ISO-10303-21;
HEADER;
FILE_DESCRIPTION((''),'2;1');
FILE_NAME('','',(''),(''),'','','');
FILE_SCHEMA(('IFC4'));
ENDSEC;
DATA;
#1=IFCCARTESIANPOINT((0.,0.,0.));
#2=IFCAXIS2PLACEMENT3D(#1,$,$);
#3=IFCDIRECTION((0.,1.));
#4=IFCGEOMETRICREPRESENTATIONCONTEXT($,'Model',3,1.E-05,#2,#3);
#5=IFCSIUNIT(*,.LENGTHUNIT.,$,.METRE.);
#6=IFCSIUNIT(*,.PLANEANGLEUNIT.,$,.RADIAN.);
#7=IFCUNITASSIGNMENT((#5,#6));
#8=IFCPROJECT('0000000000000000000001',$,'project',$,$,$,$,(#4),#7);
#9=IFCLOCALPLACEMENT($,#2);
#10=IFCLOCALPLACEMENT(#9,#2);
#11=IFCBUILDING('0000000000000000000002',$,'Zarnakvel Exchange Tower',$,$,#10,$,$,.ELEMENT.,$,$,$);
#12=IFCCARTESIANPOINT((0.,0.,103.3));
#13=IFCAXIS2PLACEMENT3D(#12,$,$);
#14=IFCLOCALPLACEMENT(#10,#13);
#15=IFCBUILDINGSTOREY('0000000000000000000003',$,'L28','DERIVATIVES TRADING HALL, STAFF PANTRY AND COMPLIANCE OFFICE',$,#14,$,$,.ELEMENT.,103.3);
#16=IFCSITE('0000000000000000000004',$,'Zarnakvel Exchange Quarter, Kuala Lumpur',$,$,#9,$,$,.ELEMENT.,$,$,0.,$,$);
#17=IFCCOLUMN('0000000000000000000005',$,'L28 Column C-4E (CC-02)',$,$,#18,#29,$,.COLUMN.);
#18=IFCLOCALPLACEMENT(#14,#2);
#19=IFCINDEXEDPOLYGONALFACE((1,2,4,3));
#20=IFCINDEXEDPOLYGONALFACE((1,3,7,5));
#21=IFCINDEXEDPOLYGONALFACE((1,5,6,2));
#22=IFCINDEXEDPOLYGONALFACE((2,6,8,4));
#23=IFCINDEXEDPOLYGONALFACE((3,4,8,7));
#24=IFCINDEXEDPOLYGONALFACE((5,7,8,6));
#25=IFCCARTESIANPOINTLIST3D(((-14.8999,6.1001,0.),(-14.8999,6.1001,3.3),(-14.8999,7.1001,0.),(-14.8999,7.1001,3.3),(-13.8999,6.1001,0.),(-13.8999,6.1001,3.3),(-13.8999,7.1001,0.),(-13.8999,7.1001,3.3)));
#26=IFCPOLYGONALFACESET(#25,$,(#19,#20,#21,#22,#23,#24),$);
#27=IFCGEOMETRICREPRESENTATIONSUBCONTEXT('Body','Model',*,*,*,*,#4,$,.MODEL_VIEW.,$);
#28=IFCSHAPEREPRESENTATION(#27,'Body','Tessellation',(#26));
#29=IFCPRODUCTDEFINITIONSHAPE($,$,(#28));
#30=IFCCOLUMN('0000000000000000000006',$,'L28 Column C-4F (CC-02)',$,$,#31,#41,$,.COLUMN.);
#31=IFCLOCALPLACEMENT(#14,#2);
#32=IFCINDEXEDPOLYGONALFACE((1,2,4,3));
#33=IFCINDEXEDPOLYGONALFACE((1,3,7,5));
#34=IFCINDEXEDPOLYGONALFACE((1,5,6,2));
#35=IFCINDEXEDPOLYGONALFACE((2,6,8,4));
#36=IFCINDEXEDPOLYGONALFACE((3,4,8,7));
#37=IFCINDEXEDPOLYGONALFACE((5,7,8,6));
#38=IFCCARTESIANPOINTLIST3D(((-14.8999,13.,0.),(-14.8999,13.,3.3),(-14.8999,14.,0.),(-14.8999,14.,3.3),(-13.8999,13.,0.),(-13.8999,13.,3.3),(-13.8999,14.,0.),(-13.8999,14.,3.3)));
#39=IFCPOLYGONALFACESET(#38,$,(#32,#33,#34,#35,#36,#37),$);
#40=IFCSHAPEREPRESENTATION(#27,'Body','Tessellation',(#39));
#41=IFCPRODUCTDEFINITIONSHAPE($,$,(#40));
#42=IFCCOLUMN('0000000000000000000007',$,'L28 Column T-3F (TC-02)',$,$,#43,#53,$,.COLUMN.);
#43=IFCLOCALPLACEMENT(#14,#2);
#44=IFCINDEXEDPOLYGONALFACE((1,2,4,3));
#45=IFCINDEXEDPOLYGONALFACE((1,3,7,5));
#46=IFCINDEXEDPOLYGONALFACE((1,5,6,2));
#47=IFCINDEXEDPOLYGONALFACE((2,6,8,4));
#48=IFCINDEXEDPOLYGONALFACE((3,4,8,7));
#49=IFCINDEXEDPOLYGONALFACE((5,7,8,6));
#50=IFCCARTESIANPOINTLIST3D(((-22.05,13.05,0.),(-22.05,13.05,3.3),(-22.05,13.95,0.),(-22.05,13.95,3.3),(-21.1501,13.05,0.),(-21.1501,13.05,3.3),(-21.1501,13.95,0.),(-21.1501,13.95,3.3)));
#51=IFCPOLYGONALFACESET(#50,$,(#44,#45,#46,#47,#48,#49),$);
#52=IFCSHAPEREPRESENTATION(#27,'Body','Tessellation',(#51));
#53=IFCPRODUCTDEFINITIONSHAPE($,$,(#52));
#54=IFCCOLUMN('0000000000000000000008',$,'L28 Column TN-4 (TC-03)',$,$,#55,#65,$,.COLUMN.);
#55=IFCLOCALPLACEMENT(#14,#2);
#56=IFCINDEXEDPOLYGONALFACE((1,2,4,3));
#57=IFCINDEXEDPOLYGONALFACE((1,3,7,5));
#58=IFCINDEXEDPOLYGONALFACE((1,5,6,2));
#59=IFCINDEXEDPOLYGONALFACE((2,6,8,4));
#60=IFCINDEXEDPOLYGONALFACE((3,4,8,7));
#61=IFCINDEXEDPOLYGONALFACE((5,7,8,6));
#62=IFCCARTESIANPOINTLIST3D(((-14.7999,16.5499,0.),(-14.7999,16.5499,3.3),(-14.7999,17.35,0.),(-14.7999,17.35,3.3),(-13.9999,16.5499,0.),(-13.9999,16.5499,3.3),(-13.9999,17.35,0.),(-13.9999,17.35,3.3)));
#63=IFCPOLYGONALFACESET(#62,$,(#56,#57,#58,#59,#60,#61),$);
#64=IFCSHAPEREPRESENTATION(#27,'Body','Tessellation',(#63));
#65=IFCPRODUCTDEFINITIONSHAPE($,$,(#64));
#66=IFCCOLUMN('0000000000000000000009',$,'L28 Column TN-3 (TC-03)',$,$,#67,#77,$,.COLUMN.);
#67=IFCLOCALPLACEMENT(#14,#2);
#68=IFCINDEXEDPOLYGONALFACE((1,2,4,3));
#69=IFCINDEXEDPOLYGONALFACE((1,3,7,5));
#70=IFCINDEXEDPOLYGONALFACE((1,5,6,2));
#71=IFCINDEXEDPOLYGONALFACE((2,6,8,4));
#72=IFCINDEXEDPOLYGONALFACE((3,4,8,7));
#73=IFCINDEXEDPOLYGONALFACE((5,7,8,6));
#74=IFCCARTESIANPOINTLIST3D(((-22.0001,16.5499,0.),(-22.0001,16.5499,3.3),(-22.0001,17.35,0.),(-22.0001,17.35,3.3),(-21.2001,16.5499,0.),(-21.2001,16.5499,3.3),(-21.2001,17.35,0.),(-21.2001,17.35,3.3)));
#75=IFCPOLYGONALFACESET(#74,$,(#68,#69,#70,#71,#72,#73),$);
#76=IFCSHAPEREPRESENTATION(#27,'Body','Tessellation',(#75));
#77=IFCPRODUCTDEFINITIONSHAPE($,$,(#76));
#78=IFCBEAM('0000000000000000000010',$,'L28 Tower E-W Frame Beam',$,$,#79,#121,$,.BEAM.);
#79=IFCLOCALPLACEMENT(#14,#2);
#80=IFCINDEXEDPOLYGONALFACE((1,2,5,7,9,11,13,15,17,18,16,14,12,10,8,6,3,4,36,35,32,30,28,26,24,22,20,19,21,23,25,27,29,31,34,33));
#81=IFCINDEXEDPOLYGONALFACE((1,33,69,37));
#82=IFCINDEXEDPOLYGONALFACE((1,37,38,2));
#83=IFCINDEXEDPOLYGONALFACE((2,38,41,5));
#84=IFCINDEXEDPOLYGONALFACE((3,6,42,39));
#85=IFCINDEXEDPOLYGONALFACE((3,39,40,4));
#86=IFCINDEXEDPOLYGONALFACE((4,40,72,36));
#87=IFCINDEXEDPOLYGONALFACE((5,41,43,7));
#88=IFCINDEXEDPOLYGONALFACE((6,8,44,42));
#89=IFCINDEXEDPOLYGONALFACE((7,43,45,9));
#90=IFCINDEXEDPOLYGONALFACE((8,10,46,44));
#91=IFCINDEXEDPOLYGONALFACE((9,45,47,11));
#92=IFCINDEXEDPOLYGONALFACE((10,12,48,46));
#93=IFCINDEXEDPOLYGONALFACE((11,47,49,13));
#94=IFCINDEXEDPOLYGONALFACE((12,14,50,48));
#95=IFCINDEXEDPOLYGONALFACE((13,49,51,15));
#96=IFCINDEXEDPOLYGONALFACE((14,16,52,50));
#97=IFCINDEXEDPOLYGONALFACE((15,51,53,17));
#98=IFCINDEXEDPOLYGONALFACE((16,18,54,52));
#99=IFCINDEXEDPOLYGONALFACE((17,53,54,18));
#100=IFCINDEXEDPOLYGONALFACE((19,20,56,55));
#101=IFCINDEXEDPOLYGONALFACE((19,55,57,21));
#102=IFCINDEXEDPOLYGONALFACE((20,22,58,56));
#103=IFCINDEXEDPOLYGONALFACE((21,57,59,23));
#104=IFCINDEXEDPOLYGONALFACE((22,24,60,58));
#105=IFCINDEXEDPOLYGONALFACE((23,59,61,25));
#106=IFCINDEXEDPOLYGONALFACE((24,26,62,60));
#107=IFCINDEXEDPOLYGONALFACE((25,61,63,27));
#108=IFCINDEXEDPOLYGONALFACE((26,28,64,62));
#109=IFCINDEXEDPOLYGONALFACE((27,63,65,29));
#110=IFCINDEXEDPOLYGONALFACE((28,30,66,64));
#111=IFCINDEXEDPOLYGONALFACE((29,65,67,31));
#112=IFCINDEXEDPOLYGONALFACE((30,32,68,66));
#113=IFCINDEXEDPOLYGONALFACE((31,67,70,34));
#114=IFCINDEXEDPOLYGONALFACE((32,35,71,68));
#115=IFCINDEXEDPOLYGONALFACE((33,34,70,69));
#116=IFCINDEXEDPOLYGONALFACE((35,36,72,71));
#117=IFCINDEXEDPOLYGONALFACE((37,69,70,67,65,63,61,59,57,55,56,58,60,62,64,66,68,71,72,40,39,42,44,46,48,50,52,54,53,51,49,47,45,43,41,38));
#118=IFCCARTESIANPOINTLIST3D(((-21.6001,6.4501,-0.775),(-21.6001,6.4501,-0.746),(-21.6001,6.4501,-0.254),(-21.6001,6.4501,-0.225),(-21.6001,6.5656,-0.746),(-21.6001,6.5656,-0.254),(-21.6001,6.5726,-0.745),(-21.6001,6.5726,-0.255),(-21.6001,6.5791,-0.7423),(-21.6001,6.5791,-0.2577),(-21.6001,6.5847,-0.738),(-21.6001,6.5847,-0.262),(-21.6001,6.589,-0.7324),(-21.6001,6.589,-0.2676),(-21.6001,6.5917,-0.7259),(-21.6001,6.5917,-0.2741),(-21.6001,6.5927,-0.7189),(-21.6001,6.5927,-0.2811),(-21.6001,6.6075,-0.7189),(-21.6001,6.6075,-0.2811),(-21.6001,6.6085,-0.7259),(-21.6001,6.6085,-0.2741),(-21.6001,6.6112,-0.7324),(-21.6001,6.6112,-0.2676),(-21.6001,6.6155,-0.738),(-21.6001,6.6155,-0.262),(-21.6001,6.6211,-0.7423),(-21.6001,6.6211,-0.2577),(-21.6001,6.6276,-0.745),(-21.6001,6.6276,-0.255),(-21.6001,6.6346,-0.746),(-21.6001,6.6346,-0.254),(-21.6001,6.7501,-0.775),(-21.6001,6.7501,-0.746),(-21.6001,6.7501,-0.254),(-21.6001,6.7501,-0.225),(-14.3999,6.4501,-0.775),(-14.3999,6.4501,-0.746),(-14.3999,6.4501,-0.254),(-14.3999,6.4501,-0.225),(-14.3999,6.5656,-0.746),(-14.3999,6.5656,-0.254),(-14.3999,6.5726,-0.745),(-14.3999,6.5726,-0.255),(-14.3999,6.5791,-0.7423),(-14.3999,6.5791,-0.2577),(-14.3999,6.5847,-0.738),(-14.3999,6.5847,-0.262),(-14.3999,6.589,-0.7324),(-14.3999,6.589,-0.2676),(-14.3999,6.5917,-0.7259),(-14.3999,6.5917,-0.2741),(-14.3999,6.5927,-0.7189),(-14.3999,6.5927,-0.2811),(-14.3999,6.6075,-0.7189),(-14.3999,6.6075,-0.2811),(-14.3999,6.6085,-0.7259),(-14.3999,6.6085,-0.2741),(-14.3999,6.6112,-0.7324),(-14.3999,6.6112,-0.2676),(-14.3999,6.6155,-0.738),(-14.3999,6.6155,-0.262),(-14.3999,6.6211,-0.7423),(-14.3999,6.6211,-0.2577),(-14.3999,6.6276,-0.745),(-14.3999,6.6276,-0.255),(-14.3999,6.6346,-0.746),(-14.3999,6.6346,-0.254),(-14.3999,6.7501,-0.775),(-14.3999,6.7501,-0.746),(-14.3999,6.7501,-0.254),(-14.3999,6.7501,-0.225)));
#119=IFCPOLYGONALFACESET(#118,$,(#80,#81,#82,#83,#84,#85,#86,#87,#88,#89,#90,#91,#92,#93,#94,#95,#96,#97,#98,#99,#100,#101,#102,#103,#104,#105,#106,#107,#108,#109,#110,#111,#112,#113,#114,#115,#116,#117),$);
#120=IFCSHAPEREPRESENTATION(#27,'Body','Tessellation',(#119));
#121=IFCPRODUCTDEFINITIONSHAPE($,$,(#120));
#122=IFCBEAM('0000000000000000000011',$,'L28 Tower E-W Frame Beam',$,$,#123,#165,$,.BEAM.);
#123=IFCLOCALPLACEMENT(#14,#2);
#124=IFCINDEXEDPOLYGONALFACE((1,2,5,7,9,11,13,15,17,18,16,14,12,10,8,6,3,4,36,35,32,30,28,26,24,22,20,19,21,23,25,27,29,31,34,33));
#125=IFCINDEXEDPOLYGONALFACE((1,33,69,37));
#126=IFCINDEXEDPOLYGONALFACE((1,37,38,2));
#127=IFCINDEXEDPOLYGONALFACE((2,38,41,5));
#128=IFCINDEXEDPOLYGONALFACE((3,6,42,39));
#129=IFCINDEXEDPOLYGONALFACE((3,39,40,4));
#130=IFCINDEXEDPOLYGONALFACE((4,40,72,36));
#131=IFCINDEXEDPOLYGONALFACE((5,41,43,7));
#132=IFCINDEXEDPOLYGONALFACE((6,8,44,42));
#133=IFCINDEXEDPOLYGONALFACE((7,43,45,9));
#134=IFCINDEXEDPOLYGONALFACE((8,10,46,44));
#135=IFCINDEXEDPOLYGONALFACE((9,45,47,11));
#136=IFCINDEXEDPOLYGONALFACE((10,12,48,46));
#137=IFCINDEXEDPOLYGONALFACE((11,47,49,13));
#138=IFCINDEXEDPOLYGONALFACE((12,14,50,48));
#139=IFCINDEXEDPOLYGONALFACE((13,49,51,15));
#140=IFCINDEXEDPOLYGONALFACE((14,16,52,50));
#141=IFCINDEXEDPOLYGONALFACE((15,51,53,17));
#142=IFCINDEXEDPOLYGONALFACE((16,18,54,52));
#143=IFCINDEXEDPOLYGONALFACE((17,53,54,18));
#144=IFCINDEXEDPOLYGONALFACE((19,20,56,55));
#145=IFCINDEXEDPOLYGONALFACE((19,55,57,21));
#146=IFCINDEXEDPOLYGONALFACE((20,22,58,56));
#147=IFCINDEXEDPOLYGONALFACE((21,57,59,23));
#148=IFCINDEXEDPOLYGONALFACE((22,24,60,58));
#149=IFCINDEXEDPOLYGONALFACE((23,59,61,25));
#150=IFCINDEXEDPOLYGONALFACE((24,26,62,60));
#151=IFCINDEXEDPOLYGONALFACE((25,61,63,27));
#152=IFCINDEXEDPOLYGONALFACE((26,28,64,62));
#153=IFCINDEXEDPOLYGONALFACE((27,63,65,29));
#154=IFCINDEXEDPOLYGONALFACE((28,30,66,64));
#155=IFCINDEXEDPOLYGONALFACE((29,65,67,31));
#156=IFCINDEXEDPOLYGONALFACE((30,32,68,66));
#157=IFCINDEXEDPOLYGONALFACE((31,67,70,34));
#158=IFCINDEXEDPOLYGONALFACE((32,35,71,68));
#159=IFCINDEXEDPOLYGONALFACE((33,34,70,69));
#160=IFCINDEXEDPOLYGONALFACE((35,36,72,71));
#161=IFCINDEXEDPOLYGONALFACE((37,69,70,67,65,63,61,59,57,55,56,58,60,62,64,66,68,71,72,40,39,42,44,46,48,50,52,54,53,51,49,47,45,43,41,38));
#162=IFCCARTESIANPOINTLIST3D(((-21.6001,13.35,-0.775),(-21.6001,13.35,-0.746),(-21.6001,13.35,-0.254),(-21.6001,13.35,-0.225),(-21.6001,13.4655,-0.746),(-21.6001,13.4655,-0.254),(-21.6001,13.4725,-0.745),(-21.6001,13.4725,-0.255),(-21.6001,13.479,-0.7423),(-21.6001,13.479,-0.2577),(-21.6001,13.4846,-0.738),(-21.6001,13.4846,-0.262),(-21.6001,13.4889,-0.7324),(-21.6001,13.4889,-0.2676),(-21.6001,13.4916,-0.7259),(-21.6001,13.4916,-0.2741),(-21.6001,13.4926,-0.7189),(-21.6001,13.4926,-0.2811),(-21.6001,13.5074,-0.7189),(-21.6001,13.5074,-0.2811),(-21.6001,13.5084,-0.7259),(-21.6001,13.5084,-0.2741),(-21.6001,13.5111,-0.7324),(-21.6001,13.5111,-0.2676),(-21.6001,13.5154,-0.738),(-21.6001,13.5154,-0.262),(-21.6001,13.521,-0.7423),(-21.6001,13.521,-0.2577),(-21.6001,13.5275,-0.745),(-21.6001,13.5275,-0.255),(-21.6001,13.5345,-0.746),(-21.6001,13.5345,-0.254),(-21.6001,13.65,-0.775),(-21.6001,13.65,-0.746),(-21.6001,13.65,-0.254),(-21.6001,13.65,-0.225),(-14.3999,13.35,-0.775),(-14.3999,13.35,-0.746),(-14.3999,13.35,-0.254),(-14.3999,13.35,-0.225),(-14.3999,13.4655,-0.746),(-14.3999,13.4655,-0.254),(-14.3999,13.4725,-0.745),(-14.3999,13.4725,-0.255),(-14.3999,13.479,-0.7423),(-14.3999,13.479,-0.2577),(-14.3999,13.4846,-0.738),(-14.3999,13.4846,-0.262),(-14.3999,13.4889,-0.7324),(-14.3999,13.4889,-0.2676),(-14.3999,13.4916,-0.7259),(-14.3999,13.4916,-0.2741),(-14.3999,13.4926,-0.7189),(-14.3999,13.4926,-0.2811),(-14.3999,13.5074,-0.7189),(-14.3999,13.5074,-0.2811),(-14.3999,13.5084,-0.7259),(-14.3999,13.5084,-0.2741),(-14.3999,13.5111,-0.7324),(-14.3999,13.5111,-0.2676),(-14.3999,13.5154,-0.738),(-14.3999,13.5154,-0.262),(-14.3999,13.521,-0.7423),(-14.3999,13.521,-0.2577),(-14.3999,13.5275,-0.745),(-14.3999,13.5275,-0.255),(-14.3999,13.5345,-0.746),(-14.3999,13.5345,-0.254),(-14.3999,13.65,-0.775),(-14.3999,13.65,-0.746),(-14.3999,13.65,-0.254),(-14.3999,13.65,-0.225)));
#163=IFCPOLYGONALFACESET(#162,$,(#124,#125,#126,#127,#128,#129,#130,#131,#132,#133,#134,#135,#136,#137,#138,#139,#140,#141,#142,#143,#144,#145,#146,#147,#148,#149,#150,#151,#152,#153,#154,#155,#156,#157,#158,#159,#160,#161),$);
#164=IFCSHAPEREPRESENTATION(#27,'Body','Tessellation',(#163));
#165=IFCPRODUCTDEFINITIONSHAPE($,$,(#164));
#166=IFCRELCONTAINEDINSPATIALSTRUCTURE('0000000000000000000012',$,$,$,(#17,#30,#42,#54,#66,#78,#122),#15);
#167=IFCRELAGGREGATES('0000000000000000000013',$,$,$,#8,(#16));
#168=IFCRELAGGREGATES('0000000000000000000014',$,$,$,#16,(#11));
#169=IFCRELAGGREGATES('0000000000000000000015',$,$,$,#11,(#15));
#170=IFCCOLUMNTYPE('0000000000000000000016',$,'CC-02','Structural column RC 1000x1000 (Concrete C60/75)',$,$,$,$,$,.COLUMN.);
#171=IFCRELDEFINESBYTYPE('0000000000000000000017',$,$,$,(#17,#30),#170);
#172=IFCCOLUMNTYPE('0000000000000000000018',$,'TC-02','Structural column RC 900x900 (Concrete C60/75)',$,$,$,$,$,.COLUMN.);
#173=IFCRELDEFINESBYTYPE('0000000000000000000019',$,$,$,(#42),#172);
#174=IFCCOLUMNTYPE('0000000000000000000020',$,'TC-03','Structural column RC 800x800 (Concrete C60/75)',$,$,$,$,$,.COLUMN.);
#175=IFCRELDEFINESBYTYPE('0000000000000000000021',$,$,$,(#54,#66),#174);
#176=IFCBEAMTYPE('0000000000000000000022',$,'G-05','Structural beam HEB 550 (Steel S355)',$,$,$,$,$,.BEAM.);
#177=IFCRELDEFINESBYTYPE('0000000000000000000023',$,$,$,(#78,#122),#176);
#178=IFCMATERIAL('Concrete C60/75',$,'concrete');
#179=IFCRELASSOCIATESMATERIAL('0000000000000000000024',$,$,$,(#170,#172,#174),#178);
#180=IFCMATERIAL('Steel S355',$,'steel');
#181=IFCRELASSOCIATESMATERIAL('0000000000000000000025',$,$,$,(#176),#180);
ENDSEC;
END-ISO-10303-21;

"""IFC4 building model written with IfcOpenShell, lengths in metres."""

from ifc_helpers import new_model, si_unit, direction, frame, origin, origin_2d, place, context, subcontext, project, spatial, rectangle, i_section, extrude, material, material_profile, profile_set, type_object, element, save


model = new_model("IFC4")

# Units and contexts
model_context = context("Model", 3, precision=1e-05, world=origin(), true_north=direction((0.0, 1.0)))
body_context = subcontext(model_context, "Body", "Model", "MODEL_VIEW")
ifc_project = project(units=[si_unit("LENGTHUNIT", "METRE"), si_unit("PLANEANGLEUNIT", "RADIAN")], contexts=[model_context])

# Site, building, storey
site_placement = place(None, origin())
site = spatial("IfcSite", under=ifc_project, at=site_placement, Name="Zarnakvel Exchange Quarter, Kuala Lumpur", CompositionType="ELEMENT", RefElevation=0.0)
building_placement = place(site_placement, origin())
building = spatial("IfcBuilding", under=site, at=building_placement, Name="Zarnakvel Exchange Tower", CompositionType="ELEMENT")
storey_placement = place(building_placement, frame((0.0, 0.0, 103.3)))
storey = spatial("IfcBuildingStorey", under=building, at=storey_placement, Name="L28", Description="DERIVATIVES TRADING HALL, STAFF PANTRY AND COMPLIANCE OFFICE", CompositionType="ELEMENT", Elevation=103.3)

# Columns
ifc_material_1 = material(Name="Concrete C60/75", Category="concrete")
ifc_material_profile_1 = material_profile(ifc_material_1, rectangle(XDim=1.0, YDim=1.0, at=origin_2d()))
ifc_profile_set_1 = profile_set([ifc_material_profile_1], Name="Concrete C60/75")
column_type_1 = type_object("IfcColumnType", Name="CC-02", Description="Structural column RC 1000x1000 (Concrete C60/75)", PredefinedType="COLUMN", material=ifc_profile_set_1)
for number, where, z_axis, x_axis, name in (
    (1, (-14.3999, 6.6001, 0.0), (0.0, 0.0, 1.0), (1.0, 0.0, 0.0), "L28 Column C-4E (CC-02)"),
    (2, (-14.3999, 13.5, 0.0), (0.0, 0.0, 1.0), (1.0, 0.0, 0.0), "L28 Column C-4F (CC-02)"),
):
    element("IfcColumn", number, at=place(storey_placement, frame(where, z_axis=z_axis, x_axis=x_axis)), inside=storey, type_object=column_type_1, Name=name, PredefinedType="COLUMN", context=body_context, shape_type="SweptSolid", body=[
        extrude(rectangle(XDim=1.0, YDim=1.0, at=origin_2d()), origin(), (0.0, 0.0, 1.0), 3.3),
    ])
ifc_material_profile_2 = material_profile(ifc_material_1, rectangle(XDim=0.8999, YDim=0.8999, at=origin_2d()))
ifc_profile_set_2 = profile_set([ifc_material_profile_2], Name="Concrete C60/75")
column_type_2 = type_object("IfcColumnType", Name="TC-02", Description="Structural column RC 900x900 (Concrete C60/75)", PredefinedType="COLUMN", material=ifc_profile_set_2)
column_placement = place(storey_placement, frame((-21.6001, 13.5, 0.0), z_axis=(0.0, 0.0, 1.0), x_axis=(1.0, 0.0, 0.0)))
element("IfcColumn", 3, at=column_placement, inside=storey, type_object=column_type_2, Name="L28 Column T-3F (TC-02)", PredefinedType="COLUMN", context=body_context, shape_type="SweptSolid", body=[
    extrude(rectangle(XDim=0.8999, YDim=0.8999, at=origin_2d()), origin(), (0.0, 0.0, 1.0), 3.3),
])
ifc_material_profile_3 = material_profile(ifc_material_1, rectangle(XDim=0.8, YDim=0.8, at=origin_2d()))
ifc_profile_set_3 = profile_set([ifc_material_profile_3], Name="Concrete C60/75")
column_type_3 = type_object("IfcColumnType", Name="TC-03", Description="Structural column RC 800x800 (Concrete C60/75)", PredefinedType="COLUMN", material=ifc_profile_set_3)
for number, where, z_axis, x_axis, name in (
    (4, (-14.3999, 16.95, 0.0), (0.0, 0.0, 1.0), (1.0, 0.0, 0.0), "L28 Column TN-4 (TC-03)"),
    (5, (-21.6001, 16.95, 0.0), (0.0, 0.0, 1.0), (1.0, 0.0, 0.0), "L28 Column TN-3 (TC-03)"),
):
    element("IfcColumn", number, at=place(storey_placement, frame(where, z_axis=z_axis, x_axis=x_axis)), inside=storey, type_object=column_type_3, Name=name, PredefinedType="COLUMN", context=body_context, shape_type="SweptSolid", body=[
        extrude(rectangle(XDim=0.8, YDim=0.8, at=origin_2d()), origin(), (0.0, 0.0, 1.0), 3.3),
    ])

# Beams
ifc_material_2 = material(Name="Steel S355", Category="steel")
ifc_material_profile_4 = material_profile(ifc_material_2, i_section(OverallWidth=0.3, OverallDepth=0.55, WebThickness=0.0149, FlangeThickness=0.0291, FilletRadius=0.0271, at=origin_2d()))
ifc_profile_set_4 = profile_set([ifc_material_profile_4], Name="Steel S355")
beam_type_1 = type_object("IfcBeamType", Name="G-05", Description="Structural beam HEB 550 (Steel S355)", PredefinedType="BEAM", material=ifc_profile_set_4)
for number, where, z_axis, x_axis, name in (
    (6, (-21.6001, 6.6001, -0.5), (1.0, 0.0, 0.0), (0.0, 1.0, 0.0), "L28 Tower E-W Frame Beam"),
    (7, (-21.6001, 13.5, -0.5), (1.0, 0.0, 0.0), (0.0, 1.0, 0.0), "L28 Tower E-W Frame Beam"),
):
    element("IfcBeam", number, at=place(storey_placement, frame(where, z_axis=z_axis, x_axis=x_axis)), inside=storey, type_object=beam_type_1, Name=name, PredefinedType="BEAM", context=body_context, shape_type="SweptSolid", body=[
        extrude(i_section(OverallWidth=0.3, OverallDepth=0.55, WebThickness=0.0149, FlangeThickness=0.0291, FilletRadius=0.0271, at=origin_2d()), origin(), (0.0, 0.0, 1.0), 7.2002),
    ])

save(model, "model.ifc")
